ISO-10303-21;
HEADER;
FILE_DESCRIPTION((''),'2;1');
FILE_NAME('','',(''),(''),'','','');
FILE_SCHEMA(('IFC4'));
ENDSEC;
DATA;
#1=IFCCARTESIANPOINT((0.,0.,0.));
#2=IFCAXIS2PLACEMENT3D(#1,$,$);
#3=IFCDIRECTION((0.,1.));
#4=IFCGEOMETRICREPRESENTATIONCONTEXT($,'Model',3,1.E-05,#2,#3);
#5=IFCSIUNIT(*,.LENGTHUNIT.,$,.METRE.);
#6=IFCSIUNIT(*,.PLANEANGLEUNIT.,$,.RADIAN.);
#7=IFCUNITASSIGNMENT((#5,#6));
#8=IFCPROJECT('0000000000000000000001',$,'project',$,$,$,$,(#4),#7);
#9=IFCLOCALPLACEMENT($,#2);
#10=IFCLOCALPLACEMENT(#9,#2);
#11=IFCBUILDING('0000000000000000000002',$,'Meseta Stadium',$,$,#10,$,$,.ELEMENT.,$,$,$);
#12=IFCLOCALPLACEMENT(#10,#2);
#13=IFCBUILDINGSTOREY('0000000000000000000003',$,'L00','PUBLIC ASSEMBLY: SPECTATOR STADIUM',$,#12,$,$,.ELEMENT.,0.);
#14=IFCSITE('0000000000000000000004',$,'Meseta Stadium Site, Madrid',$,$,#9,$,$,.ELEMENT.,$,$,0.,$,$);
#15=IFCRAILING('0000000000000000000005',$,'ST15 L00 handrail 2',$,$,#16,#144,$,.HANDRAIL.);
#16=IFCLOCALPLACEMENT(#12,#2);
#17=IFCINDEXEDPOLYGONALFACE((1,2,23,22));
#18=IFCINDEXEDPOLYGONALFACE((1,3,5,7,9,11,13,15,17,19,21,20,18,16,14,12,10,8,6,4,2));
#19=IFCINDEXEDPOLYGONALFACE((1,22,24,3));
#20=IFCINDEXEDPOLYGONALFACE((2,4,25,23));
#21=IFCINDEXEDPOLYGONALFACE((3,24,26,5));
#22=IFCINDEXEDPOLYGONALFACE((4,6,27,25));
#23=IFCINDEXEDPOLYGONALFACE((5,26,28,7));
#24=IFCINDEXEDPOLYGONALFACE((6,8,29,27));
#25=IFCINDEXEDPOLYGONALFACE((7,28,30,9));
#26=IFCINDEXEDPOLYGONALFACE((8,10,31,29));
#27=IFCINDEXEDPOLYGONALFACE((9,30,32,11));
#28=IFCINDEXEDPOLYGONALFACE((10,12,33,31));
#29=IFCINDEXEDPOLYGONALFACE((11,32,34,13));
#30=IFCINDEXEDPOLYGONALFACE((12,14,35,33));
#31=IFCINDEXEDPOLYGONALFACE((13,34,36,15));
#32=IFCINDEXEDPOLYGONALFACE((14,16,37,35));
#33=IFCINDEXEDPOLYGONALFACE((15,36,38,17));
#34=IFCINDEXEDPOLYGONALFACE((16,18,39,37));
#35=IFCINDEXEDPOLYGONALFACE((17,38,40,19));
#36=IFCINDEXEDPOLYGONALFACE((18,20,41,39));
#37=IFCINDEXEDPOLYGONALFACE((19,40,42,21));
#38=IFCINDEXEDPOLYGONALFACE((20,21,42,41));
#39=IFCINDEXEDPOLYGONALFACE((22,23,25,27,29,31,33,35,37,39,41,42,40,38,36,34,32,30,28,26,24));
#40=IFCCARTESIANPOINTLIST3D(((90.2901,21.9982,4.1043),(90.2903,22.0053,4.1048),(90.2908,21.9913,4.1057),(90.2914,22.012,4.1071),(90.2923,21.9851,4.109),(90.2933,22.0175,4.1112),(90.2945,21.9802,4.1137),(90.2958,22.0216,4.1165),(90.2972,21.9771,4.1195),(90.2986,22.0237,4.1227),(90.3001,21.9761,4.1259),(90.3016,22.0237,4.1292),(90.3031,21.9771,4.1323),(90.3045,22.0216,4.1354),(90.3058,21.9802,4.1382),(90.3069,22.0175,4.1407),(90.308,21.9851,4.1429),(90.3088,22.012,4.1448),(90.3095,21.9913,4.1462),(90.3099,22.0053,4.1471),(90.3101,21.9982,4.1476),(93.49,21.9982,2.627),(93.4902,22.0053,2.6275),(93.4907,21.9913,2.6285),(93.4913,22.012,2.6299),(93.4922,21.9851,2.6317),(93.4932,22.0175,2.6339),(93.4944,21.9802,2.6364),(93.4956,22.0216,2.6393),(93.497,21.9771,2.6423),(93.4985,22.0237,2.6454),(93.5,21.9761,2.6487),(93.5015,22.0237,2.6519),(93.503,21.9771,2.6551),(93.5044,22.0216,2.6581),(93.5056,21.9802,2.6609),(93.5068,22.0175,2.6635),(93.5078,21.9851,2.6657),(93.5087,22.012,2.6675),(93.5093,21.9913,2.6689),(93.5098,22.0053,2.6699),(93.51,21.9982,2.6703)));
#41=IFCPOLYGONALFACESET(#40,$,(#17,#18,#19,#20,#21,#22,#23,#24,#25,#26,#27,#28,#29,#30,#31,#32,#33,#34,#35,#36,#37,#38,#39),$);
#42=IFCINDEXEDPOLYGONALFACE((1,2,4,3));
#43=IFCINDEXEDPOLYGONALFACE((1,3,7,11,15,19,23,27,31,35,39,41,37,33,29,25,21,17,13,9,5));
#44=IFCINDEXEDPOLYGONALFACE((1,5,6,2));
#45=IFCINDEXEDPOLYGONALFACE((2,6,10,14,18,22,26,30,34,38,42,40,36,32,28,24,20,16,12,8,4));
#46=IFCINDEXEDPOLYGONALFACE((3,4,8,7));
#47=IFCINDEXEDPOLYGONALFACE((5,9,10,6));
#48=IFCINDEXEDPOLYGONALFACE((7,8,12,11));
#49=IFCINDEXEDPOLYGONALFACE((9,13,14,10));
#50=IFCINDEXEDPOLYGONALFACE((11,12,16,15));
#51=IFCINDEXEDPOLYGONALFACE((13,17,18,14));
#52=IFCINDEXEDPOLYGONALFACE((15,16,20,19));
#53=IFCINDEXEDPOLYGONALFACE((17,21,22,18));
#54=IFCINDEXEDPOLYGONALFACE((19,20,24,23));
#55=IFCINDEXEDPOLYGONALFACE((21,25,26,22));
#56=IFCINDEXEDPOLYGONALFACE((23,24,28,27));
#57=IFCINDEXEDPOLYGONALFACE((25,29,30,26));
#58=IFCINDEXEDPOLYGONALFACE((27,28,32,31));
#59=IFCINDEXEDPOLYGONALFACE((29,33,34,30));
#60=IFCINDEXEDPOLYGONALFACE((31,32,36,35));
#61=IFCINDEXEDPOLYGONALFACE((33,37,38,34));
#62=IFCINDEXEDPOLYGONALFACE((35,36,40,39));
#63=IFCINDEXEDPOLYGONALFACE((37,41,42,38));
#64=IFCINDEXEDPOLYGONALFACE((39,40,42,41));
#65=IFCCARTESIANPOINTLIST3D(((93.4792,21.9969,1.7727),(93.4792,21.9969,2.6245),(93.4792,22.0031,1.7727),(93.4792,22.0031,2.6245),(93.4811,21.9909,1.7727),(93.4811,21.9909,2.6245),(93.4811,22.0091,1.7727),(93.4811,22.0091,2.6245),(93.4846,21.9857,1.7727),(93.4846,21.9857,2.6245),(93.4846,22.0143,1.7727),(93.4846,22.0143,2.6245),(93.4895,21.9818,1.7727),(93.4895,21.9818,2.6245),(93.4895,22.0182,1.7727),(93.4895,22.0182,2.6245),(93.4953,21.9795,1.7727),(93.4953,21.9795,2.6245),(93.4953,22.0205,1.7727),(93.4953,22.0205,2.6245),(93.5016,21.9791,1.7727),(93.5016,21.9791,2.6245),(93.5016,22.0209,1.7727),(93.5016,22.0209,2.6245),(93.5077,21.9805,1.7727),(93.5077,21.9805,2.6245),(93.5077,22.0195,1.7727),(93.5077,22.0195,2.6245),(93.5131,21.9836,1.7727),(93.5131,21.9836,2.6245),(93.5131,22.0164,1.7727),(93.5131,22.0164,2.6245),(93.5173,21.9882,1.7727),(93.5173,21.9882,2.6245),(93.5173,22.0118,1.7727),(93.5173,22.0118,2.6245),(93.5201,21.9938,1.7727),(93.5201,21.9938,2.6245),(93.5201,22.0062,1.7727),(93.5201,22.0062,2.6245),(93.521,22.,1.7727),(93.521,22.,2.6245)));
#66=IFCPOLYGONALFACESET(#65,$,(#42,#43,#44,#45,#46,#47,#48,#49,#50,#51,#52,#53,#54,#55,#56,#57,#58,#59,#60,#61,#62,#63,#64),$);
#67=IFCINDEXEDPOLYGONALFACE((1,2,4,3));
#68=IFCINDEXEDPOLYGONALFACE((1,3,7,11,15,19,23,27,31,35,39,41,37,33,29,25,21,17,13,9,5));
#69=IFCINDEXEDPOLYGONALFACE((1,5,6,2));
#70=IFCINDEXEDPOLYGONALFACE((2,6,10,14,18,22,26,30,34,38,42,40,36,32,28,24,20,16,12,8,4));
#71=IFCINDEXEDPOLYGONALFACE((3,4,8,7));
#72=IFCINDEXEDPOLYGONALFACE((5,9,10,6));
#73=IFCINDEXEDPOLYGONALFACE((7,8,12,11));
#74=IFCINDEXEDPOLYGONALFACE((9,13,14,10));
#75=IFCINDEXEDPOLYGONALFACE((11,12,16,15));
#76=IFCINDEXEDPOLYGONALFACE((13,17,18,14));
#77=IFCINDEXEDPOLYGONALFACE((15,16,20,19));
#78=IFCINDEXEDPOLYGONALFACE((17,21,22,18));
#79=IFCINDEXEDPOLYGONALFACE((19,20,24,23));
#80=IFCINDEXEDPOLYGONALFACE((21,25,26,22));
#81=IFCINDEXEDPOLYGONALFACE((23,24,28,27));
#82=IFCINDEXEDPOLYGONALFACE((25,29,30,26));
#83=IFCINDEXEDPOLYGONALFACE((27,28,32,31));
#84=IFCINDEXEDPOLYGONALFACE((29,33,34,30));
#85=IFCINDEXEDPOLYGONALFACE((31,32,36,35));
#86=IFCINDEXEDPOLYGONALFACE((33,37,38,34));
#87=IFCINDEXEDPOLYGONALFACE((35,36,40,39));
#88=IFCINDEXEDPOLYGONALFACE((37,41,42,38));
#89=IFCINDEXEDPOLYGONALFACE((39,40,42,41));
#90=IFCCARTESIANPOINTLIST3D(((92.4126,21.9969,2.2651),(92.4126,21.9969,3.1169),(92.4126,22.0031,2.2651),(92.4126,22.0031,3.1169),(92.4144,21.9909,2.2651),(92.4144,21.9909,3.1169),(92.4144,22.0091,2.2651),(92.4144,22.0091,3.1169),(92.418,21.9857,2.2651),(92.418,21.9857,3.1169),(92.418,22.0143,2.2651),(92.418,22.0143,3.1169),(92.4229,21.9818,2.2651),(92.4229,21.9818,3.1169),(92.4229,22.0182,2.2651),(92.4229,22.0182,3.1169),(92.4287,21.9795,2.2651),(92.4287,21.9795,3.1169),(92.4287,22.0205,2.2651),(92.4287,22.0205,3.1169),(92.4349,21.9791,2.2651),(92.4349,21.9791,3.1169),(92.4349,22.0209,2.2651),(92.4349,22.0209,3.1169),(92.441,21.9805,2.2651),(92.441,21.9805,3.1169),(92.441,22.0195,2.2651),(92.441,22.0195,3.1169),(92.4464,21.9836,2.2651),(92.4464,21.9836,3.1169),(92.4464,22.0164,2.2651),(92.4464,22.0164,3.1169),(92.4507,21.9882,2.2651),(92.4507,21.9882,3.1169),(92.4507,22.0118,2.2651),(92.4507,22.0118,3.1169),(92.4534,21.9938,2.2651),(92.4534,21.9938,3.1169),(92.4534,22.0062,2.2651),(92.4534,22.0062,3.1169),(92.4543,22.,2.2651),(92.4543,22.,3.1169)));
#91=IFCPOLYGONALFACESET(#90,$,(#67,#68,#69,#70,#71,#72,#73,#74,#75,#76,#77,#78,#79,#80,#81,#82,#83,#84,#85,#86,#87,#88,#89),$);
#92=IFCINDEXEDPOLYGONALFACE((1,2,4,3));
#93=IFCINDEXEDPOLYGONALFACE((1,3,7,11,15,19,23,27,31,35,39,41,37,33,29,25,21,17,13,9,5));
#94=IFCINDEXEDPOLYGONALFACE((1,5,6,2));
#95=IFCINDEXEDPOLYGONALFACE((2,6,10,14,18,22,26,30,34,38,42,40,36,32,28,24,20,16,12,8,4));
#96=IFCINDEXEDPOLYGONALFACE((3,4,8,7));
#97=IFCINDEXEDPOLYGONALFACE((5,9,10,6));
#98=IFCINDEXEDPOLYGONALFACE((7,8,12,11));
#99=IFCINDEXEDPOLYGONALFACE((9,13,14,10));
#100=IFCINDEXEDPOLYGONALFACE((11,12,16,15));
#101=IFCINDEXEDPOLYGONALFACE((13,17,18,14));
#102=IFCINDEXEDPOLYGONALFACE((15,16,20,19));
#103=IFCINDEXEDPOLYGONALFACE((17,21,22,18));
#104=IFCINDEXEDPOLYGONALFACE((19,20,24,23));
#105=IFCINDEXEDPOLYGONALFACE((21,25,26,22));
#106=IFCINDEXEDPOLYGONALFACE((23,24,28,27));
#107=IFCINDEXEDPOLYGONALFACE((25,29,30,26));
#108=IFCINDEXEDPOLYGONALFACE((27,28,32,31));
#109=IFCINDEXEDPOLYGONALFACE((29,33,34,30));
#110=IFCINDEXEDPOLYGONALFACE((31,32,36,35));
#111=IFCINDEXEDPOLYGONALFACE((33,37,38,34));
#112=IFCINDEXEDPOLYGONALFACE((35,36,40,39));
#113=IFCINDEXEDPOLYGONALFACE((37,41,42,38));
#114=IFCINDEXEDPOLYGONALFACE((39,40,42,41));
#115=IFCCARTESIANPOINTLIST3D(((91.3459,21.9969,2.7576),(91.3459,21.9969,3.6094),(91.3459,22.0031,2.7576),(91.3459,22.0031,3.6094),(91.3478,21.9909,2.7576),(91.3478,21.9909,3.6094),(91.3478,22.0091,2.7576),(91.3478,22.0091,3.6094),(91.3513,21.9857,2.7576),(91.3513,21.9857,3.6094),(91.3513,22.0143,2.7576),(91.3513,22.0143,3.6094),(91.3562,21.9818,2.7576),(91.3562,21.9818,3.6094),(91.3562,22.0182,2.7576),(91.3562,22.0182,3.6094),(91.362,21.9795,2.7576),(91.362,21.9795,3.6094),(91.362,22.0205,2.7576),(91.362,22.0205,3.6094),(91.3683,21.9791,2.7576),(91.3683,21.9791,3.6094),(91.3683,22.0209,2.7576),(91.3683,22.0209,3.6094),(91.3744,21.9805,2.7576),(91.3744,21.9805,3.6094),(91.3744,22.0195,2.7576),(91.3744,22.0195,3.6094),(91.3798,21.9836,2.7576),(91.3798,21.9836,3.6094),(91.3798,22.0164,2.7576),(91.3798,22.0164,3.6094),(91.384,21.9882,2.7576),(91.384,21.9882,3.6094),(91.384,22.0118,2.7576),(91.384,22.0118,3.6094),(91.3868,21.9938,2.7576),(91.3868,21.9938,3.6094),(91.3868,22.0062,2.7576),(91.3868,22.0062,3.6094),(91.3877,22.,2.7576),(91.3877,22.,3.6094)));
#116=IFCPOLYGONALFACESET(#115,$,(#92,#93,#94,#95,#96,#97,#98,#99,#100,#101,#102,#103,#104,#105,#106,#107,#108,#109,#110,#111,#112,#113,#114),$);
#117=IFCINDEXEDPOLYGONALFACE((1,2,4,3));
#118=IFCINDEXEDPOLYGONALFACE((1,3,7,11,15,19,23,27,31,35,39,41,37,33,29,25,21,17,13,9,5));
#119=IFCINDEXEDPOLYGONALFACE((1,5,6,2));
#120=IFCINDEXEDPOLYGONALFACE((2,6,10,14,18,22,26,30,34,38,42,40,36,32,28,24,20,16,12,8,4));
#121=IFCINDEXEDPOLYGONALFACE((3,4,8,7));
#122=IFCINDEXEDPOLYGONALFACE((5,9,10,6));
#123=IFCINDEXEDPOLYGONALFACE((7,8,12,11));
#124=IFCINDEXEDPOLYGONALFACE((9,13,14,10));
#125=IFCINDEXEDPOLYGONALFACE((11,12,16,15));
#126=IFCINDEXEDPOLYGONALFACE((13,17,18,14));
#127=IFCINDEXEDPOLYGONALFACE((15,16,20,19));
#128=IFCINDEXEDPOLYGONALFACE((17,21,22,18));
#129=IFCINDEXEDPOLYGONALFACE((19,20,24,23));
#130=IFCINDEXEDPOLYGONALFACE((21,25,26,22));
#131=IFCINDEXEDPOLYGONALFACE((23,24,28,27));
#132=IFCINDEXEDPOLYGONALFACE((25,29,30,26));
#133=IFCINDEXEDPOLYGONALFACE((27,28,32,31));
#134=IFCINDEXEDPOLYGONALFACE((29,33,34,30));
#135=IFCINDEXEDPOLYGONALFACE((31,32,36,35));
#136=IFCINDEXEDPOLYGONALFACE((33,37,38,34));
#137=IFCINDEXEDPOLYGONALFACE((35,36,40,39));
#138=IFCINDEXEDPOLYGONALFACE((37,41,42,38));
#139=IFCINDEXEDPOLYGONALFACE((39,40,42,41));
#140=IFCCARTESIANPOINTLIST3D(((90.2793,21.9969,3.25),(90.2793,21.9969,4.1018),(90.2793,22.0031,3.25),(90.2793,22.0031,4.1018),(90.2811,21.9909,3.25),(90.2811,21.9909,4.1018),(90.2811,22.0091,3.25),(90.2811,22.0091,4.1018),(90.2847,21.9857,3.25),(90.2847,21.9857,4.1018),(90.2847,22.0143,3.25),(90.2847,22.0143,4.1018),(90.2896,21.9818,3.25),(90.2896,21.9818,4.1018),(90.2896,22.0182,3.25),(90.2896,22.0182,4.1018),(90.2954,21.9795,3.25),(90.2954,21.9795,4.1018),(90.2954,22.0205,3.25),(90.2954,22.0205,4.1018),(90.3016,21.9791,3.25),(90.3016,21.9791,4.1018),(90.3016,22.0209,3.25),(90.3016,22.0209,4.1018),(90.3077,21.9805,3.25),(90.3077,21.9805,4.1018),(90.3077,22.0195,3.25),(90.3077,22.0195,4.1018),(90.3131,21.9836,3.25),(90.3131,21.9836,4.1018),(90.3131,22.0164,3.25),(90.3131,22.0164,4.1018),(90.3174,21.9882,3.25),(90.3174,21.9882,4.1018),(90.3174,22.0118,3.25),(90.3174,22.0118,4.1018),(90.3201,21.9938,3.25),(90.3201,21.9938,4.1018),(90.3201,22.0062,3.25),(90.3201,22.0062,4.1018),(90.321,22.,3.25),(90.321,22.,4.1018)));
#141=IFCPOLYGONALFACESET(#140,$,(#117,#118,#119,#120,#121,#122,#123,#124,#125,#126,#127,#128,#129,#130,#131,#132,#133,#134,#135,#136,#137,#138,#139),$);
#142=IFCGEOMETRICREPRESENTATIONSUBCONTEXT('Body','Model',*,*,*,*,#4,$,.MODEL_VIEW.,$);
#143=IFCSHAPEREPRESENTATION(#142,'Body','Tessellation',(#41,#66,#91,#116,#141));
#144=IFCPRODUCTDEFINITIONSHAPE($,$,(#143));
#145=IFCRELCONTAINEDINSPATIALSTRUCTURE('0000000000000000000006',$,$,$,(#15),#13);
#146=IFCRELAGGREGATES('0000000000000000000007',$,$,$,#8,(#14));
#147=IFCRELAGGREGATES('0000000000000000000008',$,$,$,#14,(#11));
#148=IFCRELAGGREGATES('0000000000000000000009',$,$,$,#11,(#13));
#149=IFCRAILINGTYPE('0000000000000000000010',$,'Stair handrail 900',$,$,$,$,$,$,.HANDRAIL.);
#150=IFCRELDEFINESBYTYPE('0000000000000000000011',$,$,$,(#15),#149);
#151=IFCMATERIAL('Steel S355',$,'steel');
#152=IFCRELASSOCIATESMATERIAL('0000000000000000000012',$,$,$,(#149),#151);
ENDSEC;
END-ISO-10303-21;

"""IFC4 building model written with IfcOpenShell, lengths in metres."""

from ifc_helpers import new_model, si_unit, direction, frame, origin, origin_2d, place, context, subcontext, project, spatial, circle, extrude, material, type_object, element, save


model = new_model("IFC4")

# Units and contexts
model_context = context("Model", 3, precision=1e-05, world=origin(), true_north=direction((0.0, 1.0)))
body_context = subcontext(model_context, "Body", "Model", "MODEL_VIEW")
ifc_project = project(units=[si_unit("LENGTHUNIT", "METRE"), si_unit("PLANEANGLEUNIT", "RADIAN")], contexts=[model_context])

# Site, building, storey
site_placement = place(None, origin())
site = spatial("IfcSite", under=ifc_project, at=site_placement, Name="Meseta Stadium Site, Madrid", CompositionType="ELEMENT", RefElevation=0.0)
building_placement = place(site_placement, origin())
building = spatial("IfcBuilding", under=site, at=building_placement, Name="Meseta Stadium", CompositionType="ELEMENT")
storey_placement = place(building_placement, origin())
storey = spatial("IfcBuildingStorey", under=building, at=storey_placement, Name="L00", Description="PUBLIC ASSEMBLY: SPECTATOR STADIUM", CompositionType="ELEMENT", Elevation=0.0)

# Railing
ifc_material_1 = material(Name="Steel S355", Category="steel")
railing_type_1 = type_object("IfcRailingType", Name="Stair handrail 900", PredefinedType="HANDRAIL", material=ifc_material_1)
for number, where, name in (
    (1, (93.5, 22.0, 1.7727), "ST15 L00 handrail 2"),
):
    element("IfcRailing", number, at=place(storey_placement, frame(where)), inside=storey, type_object=railing_type_1, Name=name, PredefinedType="HANDRAIL", context=body_context, shape_type="SweptSolid", body=[
        extrude(circle(Radius=0.0239, at=origin_2d()), frame((0.0, 0.0, 0.876), z_axis=(-0.907917, 0.0, 0.41915), x_axis=(0.0, -1.0, 0.0)), (0.0, 0.0, 1.0), 3.5244),
        extrude(circle(Radius=0.021, at=origin_2d()), origin(), (0.0, 0.0, 1.0), 0.8518),
        extrude(circle(Radius=0.021, at=origin_2d()), frame((-1.0667, 0.0, 0.4924)), (0.0, 0.0, 1.0), 0.8518),
        extrude(circle(Radius=0.021, at=origin_2d()), frame((-2.1333, 0.0, 0.9849)), (0.0, 0.0, 1.0), 0.8518),
        extrude(circle(Radius=0.021, at=origin_2d()), frame((-3.2, 0.0, 1.4773)), (0.0, 0.0, 1.0), 0.8518),
    ])

save(model, "model.ifc")
